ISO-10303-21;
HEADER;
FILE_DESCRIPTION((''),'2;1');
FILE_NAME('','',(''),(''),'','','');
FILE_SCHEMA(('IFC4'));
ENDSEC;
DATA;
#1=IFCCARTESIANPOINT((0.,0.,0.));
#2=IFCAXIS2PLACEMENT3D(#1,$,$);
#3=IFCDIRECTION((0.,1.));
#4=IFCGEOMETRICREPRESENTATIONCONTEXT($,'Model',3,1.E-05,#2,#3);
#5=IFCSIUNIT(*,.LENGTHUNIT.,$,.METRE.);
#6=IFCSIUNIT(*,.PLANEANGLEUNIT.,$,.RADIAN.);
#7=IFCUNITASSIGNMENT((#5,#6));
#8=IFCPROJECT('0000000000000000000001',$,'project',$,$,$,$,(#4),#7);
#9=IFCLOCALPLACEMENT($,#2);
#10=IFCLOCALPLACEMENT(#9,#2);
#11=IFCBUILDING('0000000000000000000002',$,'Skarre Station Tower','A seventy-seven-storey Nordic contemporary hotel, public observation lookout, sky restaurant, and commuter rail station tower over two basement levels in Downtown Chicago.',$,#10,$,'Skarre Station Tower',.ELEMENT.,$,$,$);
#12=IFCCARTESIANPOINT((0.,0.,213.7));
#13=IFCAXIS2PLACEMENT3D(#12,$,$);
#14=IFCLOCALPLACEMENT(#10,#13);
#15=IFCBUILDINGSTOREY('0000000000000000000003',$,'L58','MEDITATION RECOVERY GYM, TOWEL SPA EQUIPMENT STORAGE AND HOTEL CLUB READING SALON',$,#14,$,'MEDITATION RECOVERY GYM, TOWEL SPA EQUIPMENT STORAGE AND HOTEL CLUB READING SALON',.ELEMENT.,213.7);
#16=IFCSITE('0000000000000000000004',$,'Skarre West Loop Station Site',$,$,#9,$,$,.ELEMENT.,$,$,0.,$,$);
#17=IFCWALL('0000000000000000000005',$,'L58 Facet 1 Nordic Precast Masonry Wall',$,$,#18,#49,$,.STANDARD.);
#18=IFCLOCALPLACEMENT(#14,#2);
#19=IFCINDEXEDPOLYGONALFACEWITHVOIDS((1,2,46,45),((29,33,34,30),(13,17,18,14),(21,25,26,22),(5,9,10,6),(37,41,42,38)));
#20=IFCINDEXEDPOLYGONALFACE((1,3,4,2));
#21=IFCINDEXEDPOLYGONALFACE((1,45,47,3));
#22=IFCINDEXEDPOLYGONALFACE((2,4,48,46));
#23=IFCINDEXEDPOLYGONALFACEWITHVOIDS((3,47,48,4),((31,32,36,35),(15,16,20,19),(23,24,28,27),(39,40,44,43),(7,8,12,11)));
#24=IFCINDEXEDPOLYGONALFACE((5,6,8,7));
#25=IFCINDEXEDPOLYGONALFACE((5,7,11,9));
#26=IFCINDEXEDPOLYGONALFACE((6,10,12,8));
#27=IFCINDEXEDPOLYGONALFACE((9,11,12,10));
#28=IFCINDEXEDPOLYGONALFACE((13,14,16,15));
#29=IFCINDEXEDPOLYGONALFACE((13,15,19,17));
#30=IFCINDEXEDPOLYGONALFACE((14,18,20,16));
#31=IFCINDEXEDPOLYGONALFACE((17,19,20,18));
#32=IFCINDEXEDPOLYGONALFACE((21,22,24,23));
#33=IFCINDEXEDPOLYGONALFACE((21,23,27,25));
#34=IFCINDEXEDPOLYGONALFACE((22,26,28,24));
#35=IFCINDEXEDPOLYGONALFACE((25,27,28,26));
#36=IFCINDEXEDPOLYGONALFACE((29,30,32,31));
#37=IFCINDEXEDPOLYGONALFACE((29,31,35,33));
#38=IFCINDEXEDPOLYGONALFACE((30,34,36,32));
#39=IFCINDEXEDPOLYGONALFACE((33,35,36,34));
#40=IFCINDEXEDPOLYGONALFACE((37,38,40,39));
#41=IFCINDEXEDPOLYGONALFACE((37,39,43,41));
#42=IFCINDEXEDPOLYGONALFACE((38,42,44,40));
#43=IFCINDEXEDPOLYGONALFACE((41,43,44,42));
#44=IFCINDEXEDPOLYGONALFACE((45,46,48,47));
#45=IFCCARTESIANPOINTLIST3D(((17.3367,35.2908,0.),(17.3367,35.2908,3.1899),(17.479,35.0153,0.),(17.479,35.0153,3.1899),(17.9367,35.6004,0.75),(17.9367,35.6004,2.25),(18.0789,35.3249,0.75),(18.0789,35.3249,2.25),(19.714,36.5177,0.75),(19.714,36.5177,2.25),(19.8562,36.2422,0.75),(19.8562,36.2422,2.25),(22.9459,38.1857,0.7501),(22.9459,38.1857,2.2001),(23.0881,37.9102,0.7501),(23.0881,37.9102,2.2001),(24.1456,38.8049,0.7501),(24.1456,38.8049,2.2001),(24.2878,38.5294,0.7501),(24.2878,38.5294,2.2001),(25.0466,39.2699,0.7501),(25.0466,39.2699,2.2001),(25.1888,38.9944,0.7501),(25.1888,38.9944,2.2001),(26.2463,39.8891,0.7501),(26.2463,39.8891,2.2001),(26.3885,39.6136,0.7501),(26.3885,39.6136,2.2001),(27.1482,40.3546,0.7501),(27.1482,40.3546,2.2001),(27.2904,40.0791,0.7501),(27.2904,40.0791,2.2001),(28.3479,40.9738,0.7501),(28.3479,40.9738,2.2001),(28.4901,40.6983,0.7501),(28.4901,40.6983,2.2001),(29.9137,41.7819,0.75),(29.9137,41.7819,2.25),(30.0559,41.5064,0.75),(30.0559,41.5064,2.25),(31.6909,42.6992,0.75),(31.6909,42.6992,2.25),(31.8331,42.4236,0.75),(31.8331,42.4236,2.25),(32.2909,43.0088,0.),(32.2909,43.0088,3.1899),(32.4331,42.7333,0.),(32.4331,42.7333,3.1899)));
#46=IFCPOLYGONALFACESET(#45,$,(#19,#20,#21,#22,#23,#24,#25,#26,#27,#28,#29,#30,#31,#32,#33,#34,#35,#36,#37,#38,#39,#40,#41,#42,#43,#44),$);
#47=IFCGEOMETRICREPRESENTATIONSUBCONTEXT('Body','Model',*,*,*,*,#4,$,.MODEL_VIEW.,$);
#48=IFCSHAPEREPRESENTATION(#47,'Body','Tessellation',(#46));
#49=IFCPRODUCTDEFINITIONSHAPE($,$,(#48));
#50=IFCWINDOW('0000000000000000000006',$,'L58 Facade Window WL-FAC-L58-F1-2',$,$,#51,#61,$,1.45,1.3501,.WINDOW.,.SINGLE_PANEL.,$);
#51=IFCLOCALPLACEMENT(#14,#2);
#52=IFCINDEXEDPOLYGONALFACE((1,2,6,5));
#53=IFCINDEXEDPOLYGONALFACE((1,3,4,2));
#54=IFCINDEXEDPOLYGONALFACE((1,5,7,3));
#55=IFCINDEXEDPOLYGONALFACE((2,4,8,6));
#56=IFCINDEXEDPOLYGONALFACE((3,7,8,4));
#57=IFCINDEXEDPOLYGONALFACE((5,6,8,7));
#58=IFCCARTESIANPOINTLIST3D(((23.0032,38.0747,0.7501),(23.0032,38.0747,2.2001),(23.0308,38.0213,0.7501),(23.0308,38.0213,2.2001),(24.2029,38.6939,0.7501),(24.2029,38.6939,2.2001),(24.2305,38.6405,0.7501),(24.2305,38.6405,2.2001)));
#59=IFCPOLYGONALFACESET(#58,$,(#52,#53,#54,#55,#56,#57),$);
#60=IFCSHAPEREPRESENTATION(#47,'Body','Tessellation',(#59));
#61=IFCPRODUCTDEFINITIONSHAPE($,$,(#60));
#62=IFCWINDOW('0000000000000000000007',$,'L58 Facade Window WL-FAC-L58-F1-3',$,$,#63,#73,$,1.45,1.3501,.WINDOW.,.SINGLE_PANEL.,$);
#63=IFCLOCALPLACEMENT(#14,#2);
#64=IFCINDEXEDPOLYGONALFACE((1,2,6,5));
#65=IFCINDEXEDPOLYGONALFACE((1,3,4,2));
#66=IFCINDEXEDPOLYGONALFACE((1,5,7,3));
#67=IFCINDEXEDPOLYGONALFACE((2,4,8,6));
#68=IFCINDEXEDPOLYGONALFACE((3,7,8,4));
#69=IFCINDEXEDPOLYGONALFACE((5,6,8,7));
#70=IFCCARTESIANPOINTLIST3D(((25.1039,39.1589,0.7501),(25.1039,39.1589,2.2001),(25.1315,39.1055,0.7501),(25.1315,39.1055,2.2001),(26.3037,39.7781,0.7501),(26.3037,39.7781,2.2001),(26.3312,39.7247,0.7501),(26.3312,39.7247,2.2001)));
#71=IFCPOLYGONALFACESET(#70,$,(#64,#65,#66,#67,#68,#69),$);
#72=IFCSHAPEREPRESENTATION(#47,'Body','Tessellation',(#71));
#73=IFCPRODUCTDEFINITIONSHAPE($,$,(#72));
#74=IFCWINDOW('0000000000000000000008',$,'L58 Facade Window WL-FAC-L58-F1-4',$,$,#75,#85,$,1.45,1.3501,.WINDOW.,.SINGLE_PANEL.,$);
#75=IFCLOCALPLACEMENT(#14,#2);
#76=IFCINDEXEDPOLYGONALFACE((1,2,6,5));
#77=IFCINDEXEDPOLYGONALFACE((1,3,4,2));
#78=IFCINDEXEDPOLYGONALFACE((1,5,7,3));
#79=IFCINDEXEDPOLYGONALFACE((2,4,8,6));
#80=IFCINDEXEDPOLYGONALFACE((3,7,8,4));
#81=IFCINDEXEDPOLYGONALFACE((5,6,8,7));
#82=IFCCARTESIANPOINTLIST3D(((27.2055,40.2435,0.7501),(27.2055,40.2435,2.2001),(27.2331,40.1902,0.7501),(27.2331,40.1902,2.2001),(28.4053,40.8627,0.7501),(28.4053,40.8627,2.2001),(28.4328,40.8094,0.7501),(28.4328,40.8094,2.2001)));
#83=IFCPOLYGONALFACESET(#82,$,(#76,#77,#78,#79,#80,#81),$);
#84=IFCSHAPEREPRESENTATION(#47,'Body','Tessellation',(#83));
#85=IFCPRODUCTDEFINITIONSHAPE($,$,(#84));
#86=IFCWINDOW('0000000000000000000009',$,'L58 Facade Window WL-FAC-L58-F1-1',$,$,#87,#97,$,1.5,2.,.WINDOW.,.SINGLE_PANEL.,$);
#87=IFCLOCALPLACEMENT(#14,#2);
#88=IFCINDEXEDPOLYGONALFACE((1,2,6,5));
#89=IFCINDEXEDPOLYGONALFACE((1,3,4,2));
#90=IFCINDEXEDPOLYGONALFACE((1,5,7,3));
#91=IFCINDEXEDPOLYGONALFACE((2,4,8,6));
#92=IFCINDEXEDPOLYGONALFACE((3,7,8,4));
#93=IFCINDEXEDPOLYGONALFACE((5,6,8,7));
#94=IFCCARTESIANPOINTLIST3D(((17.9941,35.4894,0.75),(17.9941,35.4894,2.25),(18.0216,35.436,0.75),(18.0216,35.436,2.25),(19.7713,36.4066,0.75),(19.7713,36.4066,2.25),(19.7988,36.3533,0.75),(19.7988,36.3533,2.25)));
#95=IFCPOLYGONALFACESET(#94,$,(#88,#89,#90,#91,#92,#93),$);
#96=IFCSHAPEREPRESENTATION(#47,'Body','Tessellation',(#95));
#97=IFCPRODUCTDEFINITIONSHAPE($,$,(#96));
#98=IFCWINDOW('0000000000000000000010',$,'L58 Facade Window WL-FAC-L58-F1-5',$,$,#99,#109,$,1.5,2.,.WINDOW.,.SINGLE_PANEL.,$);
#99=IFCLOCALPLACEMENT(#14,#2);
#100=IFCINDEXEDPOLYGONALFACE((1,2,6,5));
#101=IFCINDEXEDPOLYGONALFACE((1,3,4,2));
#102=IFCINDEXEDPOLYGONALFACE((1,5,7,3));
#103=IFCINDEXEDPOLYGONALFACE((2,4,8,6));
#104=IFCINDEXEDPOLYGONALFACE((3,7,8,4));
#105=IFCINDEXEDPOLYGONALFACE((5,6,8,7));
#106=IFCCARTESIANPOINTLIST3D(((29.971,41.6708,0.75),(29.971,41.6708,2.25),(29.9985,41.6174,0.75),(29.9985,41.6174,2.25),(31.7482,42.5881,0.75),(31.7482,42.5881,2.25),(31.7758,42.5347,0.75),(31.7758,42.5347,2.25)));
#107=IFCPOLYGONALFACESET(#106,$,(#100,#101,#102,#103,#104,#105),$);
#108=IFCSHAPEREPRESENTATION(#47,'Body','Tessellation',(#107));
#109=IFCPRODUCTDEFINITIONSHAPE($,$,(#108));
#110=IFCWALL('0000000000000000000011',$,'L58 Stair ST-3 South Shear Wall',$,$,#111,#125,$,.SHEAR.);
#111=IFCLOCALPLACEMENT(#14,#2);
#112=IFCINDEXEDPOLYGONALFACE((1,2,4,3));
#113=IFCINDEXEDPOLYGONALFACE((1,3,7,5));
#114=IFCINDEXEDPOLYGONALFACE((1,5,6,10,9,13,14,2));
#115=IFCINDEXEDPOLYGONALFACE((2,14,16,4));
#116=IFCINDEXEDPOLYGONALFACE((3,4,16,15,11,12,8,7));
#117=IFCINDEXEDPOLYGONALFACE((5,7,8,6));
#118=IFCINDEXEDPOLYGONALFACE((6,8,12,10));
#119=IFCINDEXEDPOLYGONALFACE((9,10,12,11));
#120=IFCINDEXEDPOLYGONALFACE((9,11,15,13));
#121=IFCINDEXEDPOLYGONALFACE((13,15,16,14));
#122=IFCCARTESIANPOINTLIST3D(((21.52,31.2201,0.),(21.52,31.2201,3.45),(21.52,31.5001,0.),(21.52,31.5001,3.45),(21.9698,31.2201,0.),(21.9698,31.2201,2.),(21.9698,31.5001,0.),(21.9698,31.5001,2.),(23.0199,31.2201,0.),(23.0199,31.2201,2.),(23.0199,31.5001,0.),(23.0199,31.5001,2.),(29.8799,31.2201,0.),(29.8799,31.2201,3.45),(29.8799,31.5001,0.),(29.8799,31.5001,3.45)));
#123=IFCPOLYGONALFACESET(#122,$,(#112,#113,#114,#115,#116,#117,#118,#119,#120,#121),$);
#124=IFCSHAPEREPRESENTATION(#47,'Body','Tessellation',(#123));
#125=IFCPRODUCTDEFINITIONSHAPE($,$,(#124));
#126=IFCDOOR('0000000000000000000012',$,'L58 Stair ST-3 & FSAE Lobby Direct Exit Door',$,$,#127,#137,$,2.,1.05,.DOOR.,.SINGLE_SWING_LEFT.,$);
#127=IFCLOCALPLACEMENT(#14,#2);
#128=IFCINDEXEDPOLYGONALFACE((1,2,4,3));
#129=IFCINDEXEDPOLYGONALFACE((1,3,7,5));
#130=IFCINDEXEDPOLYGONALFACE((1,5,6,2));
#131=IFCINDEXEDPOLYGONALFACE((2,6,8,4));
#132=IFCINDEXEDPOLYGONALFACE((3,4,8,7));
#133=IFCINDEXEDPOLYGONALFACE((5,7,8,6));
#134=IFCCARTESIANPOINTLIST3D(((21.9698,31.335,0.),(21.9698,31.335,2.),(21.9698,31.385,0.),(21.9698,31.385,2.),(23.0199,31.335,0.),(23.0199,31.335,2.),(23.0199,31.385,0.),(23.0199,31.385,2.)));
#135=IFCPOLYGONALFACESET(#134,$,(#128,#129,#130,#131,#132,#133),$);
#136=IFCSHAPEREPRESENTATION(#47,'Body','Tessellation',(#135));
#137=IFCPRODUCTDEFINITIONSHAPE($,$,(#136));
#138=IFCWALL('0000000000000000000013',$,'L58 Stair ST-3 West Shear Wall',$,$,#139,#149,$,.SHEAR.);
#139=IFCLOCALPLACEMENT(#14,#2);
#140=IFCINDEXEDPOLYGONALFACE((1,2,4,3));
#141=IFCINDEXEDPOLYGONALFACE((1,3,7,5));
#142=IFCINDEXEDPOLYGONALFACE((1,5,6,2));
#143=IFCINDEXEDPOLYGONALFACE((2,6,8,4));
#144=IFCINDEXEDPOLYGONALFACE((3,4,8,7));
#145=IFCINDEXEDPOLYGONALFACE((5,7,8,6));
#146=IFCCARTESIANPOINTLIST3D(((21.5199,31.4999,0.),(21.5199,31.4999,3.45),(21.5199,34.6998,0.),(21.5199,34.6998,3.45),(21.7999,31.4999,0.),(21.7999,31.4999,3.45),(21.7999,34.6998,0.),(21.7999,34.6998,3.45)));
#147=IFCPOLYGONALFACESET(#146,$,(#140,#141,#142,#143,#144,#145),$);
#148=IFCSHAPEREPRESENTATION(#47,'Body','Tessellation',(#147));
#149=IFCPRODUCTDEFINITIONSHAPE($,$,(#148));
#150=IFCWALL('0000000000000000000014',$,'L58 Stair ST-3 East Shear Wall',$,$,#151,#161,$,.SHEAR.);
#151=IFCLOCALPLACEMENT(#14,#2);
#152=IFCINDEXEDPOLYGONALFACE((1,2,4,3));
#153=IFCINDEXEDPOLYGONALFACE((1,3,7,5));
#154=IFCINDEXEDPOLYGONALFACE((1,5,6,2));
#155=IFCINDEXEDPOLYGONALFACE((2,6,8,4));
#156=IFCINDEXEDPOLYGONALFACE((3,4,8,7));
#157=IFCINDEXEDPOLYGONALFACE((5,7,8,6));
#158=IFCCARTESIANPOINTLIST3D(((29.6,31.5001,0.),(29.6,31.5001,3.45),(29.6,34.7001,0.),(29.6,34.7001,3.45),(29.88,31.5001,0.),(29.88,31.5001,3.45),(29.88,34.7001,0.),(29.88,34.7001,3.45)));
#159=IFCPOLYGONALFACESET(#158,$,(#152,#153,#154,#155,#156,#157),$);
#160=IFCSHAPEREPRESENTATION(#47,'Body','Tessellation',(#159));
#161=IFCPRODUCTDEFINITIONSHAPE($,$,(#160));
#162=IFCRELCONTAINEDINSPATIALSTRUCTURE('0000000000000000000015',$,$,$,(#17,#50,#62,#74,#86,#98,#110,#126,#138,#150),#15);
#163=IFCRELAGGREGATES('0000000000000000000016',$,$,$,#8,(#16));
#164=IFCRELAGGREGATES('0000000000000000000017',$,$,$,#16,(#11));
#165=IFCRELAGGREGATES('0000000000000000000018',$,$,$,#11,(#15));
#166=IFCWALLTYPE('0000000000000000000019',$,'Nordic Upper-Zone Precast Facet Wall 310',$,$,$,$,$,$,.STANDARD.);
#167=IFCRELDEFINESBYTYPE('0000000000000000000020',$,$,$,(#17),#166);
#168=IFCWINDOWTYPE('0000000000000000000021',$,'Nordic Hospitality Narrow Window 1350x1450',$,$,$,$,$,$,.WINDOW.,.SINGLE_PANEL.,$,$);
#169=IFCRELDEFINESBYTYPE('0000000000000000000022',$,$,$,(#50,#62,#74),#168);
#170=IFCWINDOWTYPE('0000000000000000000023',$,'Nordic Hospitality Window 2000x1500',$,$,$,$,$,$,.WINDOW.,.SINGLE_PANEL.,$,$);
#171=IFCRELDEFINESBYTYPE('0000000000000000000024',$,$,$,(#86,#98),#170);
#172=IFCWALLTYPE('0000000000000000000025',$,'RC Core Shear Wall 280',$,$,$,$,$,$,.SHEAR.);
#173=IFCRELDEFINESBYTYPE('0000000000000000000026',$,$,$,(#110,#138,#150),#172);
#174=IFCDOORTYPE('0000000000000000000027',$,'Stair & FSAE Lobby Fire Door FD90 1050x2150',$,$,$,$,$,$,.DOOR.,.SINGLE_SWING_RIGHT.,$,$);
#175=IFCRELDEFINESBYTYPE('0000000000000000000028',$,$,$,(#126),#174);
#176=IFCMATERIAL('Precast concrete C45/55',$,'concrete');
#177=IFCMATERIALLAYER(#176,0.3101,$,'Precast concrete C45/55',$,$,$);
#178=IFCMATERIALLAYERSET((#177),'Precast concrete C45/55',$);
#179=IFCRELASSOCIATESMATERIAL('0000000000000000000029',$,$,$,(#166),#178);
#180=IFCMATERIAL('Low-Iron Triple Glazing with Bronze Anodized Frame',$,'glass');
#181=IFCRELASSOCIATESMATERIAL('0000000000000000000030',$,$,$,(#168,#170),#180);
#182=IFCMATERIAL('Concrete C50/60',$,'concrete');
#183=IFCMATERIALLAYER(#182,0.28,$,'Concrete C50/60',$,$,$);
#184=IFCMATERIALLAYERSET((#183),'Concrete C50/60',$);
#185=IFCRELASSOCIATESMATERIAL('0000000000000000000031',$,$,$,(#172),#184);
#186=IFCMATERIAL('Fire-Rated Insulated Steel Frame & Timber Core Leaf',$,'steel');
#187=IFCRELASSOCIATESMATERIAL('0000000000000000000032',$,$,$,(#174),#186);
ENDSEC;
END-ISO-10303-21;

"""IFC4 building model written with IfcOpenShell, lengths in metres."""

from ifc_helpers import new_model, si_unit, direction, frame, frame_2d, origin, place, context, subcontext, project, spatial, rectangle, extrude, material, layer, layer_set, type_object, element, fill, save


model = new_model("IFC4")

# Units and contexts
model_context = context("Model", 3, precision=1e-05, world=origin(), true_north=direction((0.0, 1.0)))
body_context = subcontext(model_context, "Body", "Model", "MODEL_VIEW")
ifc_project = project(units=[si_unit("LENGTHUNIT", "METRE"), si_unit("PLANEANGLEUNIT", "RADIAN")], contexts=[model_context])

# Site, building, storey
site_placement = place(None, origin())
site = spatial("IfcSite", under=ifc_project, at=site_placement, Name="Skarre West Loop Station Site", CompositionType="ELEMENT", RefElevation=0.0)
building_placement = place(site_placement, origin())
building = spatial("IfcBuilding", under=site, at=building_placement, Name="Skarre Station Tower", Description="A seventy-seven-storey Nordic contemporary hotel, public observation lookout, sky restaurant, and commuter rail station tower over two basement levels in Downtown Chicago.", LongName="Skarre Station Tower", CompositionType="ELEMENT")
storey_placement = place(building_placement, frame((0.0, 0.0, 213.7)))
storey = spatial("IfcBuildingStorey", under=building, at=storey_placement, Name="L58", Description="MEDITATION RECOVERY GYM, TOWEL SPA EQUIPMENT STORAGE AND HOTEL CLUB READING SALON", LongName="MEDITATION RECOVERY GYM, TOWEL SPA EQUIPMENT STORAGE AND HOTEL CLUB READING SALON", CompositionType="ELEMENT", Elevation=213.7)

# Shared definitions
ifc_material_1 = material(Name="Concrete C50/60", Category="concrete")

# Shared definitions
ifc_material_2 = material(Name="Precast concrete C45/55", Category="concrete")

# Wall, openings, windows
ifc_layer_1 = layer(ifc_material_2, 0.3101, Name="Precast concrete C45/55")
ifc_layer_set_1 = layer_set([ifc_layer_1], Name="Precast concrete C45/55")
wall_type_1 = type_object("IfcWallType", Name="Nordic Upper-Zone Precast Facet Wall 310", PredefinedType="STANDARD", material=ifc_layer_set_1)
wall_1_placement = place(storey_placement, frame((17.408, 35.1531, 0.0), z_axis=(0.0, 0.0, 1.0), x_axis=(0.888626, 0.458632, 0.0)))
wall_1 = element("IfcWall", 1, at=wall_1_placement, inside=storey, type_object=wall_type_1, Name="L58 Facet 1 Nordic Precast Masonry Wall", PredefinedType="STANDARD", context=body_context, shape_type="SweptSolid", body=[
    extrude(rectangle(XDim=16.8284, YDim=0.3101, at=frame_2d((8.4141, 0.0))), origin(), (0.0, 0.0, 1.0), 3.1899),
])
opening_1_placement = place(wall_1_placement, frame((0.675, 0.0, 0.75)))
opening_1 = element("IfcOpeningElement", 2, at=opening_1_placement, cuts=wall_1, PredefinedType="OPENING", context=body_context, shape_type="SweptSolid", body=[
    extrude(rectangle(XDim=2.0, YDim=1.5, at=frame_2d((1.0, 0.75))), frame((0.0, 0.165, 0.0), z_axis=(0.0, -1.0, 0.0), x_axis=(1.0, 0.0, 0.0)), (0.0, 0.0, 1.0), 0.3301),
])
opening_2_placement = place(wall_1_placement, frame((6.312, 0.0, 0.75)))
opening_2 = element("IfcOpeningElement", 3, at=opening_2_placement, cuts=wall_1, PredefinedType="OPENING", context=body_context, shape_type="SweptSolid", body=[
    extrude(rectangle(XDim=1.3501, YDim=1.45, at=frame_2d((0.675, 0.7251))), frame((0.0, 0.165, 0.0), z_axis=(0.0, -1.0, 0.0), x_axis=(1.0, 0.0, 0.0)), (0.0, 0.0, 1.0), 0.3301),
])
opening_3_placement = place(wall_1_placement, frame((8.676, 0.0, 0.75)))
opening_3 = element("IfcOpeningElement", 4, at=opening_3_placement, cuts=wall_1, PredefinedType="OPENING", context=body_context, shape_type="SweptSolid", body=[
    extrude(rectangle(XDim=1.3501, YDim=1.45, at=frame_2d((0.675, 0.7251))), frame((0.0, 0.165, 0.0), z_axis=(0.0, -1.0, 0.0), x_axis=(1.0, 0.0, 0.0)), (0.0, 0.0, 1.0), 0.3301),
])
opening_4_placement = place(wall_1_placement, frame((11.041, 0.0, 0.75)))
opening_4 = element("IfcOpeningElement", 5, at=opening_4_placement, cuts=wall_1, PredefinedType="OPENING", context=body_context, shape_type="SweptSolid", body=[
    extrude(rectangle(XDim=1.3501, YDim=1.45, at=frame_2d((0.675, 0.7251))), frame((0.0, 0.165, 0.0), z_axis=(0.0, -1.0, 0.0), x_axis=(1.0, 0.0, 0.0)), (0.0, 0.0, 1.0), 0.3301),
])
opening_5_placement = place(wall_1_placement, frame((14.1531, 0.0, 0.75)))
opening_5 = element("IfcOpeningElement", 6, at=opening_5_placement, cuts=wall_1, PredefinedType="OPENING", context=body_context, shape_type="SweptSolid", body=[
    extrude(rectangle(XDim=2.0, YDim=1.5, at=frame_2d((1.0, 0.75))), frame((0.0, 0.165, 0.0), z_axis=(0.0, -1.0, 0.0), x_axis=(1.0, 0.0, 0.0)), (0.0, 0.0, 1.0), 0.3301),
])
ifc_material_3 = material(Name="Low-Iron Triple Glazing with Bronze Anodized Frame", Category="glass")
window_type_1 = type_object("IfcWindowType", Name="Nordic Hospitality Narrow Window 1350x1450", PartitioningType="SINGLE_PANEL", PredefinedType="WINDOW", material=ifc_material_3)
window_1_placement = place(opening_2_placement, origin())
window_1 = element("IfcWindow", 7, at=window_1_placement, inside=storey, type_object=window_type_1, Name="L58 Facade Window WL-FAC-L58-F1-2", OverallHeight=1.45, OverallWidth=1.3501, PartitioningType="SINGLE_PANEL", PredefinedType="WINDOW", context=body_context, shape_type="SweptSolid", body=[
    extrude(rectangle(XDim=1.3501, YDim=1.45, at=frame_2d((0.675, 0.7251))), frame((0.0, 0.03, 0.0), z_axis=(0.0, -1.0, 0.0), x_axis=(1.0, 0.0, 0.0)), (0.0, 0.0, 1.0), 0.0601),
])
fill(opening_2, window_1)
window_2_placement = place(opening_3_placement, origin())
window_2 = element("IfcWindow", 8, at=window_2_placement, inside=storey, type_object=window_type_1, Name="L58 Facade Window WL-FAC-L58-F1-3", OverallHeight=1.45, OverallWidth=1.3501, PartitioningType="SINGLE_PANEL", PredefinedType="WINDOW", context=body_context, shape_type="SweptSolid", body=[
    extrude(rectangle(XDim=1.3501, YDim=1.45, at=frame_2d((0.675, 0.7251))), frame((0.0, 0.03, 0.0), z_axis=(0.0, -1.0, 0.0), x_axis=(1.0, 0.0, 0.0)), (0.0, 0.0, 1.0), 0.0601),
])
fill(opening_3, window_2)
window_3_placement = place(opening_4_placement, origin())
window_3 = element("IfcWindow", 9, at=window_3_placement, inside=storey, type_object=window_type_1, Name="L58 Facade Window WL-FAC-L58-F1-4", OverallHeight=1.45, OverallWidth=1.3501, PartitioningType="SINGLE_PANEL", PredefinedType="WINDOW", context=body_context, shape_type="SweptSolid", body=[
    extrude(rectangle(XDim=1.3501, YDim=1.45, at=frame_2d((0.675, 0.7251))), frame((0.0, 0.03, 0.0), z_axis=(0.0, -1.0, 0.0), x_axis=(1.0, 0.0, 0.0)), (0.0, 0.0, 1.0), 0.0601),
])
fill(opening_4, window_3)
window_type_2 = type_object("IfcWindowType", Name="Nordic Hospitality Window 2000x1500", PartitioningType="SINGLE_PANEL", PredefinedType="WINDOW", material=ifc_material_3)
window_4_placement = place(opening_1_placement, origin())
window_4 = element("IfcWindow", 10, at=window_4_placement, inside=storey, type_object=window_type_2, Name="L58 Facade Window WL-FAC-L58-F1-1", OverallHeight=1.5, OverallWidth=2.0, PartitioningType="SINGLE_PANEL", PredefinedType="WINDOW", context=body_context, shape_type="SweptSolid", body=[
    extrude(rectangle(XDim=2.0, YDim=1.5, at=frame_2d((1.0, 0.75))), frame((0.0, 0.03, 0.0), z_axis=(0.0, -1.0, 0.0), x_axis=(1.0, 0.0, 0.0)), (0.0, 0.0, 1.0), 0.0601),
])
fill(opening_1, window_4)
window_5_placement = place(opening_5_placement, origin())
window_5 = element("IfcWindow", 11, at=window_5_placement, inside=storey, type_object=window_type_2, Name="L58 Facade Window WL-FAC-L58-F1-5", OverallHeight=1.5, OverallWidth=2.0, PartitioningType="SINGLE_PANEL", PredefinedType="WINDOW", context=body_context, shape_type="SweptSolid", body=[
    extrude(rectangle(XDim=2.0, YDim=1.5, at=frame_2d((1.0, 0.75))), frame((0.0, 0.03, 0.0), z_axis=(0.0, -1.0, 0.0), x_axis=(1.0, 0.0, 0.0)), (0.0, 0.0, 1.0), 0.0601),
])
fill(opening_5, window_5)

# Wall, opening, door
ifc_layer_2 = layer(ifc_material_1, 0.28, Name="Concrete C50/60")
ifc_layer_set_2 = layer_set([ifc_layer_2], Name="Concrete C50/60")
wall_type_2 = type_object("IfcWallType", Name="RC Core Shear Wall 280", PredefinedType="SHEAR", material=ifc_layer_set_2)
wall_2_placement = place(storey_placement, frame((21.52, 31.3601, 0.0), z_axis=(0.0, 0.0, 1.0), x_axis=(1.0, 0.0, 0.0)))
wall_2 = element("IfcWall", 12, at=wall_2_placement, inside=storey, type_object=wall_type_2, Name="L58 Stair ST-3 South Shear Wall", PredefinedType="SHEAR", context=body_context, shape_type="SweptSolid", body=[
    extrude(rectangle(XDim=8.3599, YDim=0.28, at=frame_2d((4.1799, 0.0))), origin(), (0.0, 0.0, 1.0), 3.45),
])
opening_6_placement = place(wall_2_placement, frame((0.45, 0.0, 0.0)))
opening_6 = element("IfcOpeningElement", 13, at=opening_6_placement, cuts=wall_2, PredefinedType="OPENING", context=body_context, shape_type="SweptSolid", body=[
    extrude(rectangle(XDim=1.05, YDim=2.0, at=frame_2d((0.5249, 1.0))), frame((0.0, 0.1499, 0.0), z_axis=(0.0, -1.0, 0.0), x_axis=(1.0, 0.0, 0.0)), (0.0, 0.0, 1.0), 0.3),
])
ifc_material_4 = material(Name="Fire-Rated Insulated Steel Frame & Timber Core Leaf", Category="steel")
door_type_1 = type_object("IfcDoorType", Name="Stair & FSAE Lobby Fire Door FD90 1050x2150", OperationType="SINGLE_SWING_RIGHT", PredefinedType="DOOR", material=ifc_material_4)
door_1_placement = place(opening_6_placement, origin())
door_1 = element("IfcDoor", 14, at=door_1_placement, inside=storey, type_object=door_type_1, Name="L58 Stair ST-3 & FSAE Lobby Direct Exit Door", OperationType="SINGLE_SWING_LEFT", OverallHeight=2.0, OverallWidth=1.05, PredefinedType="DOOR", context=body_context, shape_type="SweptSolid", body=[
    extrude(rectangle(XDim=1.05, YDim=2.0, at=frame_2d((0.5249, 1.0))), frame((0.0, 0.0249, 0.0), z_axis=(0.0, -1.0, 0.0), x_axis=(1.0, 0.0, 0.0)), (0.0, 0.0, 1.0), 0.05),
])
fill(opening_6, door_1)

# Walls
for number, where, z_axis, x_axis, name in (
    (15, (21.6599, 34.7, 0.0), (0.0, 0.0, 1.0), (0.0, -1.0, 0.0), "L58 Stair ST-3 West Shear Wall"),
    (16, (29.74, 31.5, 0.0), (0.0, 0.0, 1.0), (0.0, 1.0, 0.0), "L58 Stair ST-3 East Shear Wall"),
):
    element("IfcWall", number, at=place(storey_placement, frame(where, z_axis=z_axis, x_axis=x_axis)), inside=storey, type_object=wall_type_2, Name=name, PredefinedType="SHEAR", context=body_context, shape_type="SweptSolid", body=[
        extrude(rectangle(XDim=3.2, YDim=0.28, at=frame_2d((1.6001, 0.0))), origin(), (0.0, 0.0, 1.0), 3.45),
    ])

save(model, "model.ifc")
